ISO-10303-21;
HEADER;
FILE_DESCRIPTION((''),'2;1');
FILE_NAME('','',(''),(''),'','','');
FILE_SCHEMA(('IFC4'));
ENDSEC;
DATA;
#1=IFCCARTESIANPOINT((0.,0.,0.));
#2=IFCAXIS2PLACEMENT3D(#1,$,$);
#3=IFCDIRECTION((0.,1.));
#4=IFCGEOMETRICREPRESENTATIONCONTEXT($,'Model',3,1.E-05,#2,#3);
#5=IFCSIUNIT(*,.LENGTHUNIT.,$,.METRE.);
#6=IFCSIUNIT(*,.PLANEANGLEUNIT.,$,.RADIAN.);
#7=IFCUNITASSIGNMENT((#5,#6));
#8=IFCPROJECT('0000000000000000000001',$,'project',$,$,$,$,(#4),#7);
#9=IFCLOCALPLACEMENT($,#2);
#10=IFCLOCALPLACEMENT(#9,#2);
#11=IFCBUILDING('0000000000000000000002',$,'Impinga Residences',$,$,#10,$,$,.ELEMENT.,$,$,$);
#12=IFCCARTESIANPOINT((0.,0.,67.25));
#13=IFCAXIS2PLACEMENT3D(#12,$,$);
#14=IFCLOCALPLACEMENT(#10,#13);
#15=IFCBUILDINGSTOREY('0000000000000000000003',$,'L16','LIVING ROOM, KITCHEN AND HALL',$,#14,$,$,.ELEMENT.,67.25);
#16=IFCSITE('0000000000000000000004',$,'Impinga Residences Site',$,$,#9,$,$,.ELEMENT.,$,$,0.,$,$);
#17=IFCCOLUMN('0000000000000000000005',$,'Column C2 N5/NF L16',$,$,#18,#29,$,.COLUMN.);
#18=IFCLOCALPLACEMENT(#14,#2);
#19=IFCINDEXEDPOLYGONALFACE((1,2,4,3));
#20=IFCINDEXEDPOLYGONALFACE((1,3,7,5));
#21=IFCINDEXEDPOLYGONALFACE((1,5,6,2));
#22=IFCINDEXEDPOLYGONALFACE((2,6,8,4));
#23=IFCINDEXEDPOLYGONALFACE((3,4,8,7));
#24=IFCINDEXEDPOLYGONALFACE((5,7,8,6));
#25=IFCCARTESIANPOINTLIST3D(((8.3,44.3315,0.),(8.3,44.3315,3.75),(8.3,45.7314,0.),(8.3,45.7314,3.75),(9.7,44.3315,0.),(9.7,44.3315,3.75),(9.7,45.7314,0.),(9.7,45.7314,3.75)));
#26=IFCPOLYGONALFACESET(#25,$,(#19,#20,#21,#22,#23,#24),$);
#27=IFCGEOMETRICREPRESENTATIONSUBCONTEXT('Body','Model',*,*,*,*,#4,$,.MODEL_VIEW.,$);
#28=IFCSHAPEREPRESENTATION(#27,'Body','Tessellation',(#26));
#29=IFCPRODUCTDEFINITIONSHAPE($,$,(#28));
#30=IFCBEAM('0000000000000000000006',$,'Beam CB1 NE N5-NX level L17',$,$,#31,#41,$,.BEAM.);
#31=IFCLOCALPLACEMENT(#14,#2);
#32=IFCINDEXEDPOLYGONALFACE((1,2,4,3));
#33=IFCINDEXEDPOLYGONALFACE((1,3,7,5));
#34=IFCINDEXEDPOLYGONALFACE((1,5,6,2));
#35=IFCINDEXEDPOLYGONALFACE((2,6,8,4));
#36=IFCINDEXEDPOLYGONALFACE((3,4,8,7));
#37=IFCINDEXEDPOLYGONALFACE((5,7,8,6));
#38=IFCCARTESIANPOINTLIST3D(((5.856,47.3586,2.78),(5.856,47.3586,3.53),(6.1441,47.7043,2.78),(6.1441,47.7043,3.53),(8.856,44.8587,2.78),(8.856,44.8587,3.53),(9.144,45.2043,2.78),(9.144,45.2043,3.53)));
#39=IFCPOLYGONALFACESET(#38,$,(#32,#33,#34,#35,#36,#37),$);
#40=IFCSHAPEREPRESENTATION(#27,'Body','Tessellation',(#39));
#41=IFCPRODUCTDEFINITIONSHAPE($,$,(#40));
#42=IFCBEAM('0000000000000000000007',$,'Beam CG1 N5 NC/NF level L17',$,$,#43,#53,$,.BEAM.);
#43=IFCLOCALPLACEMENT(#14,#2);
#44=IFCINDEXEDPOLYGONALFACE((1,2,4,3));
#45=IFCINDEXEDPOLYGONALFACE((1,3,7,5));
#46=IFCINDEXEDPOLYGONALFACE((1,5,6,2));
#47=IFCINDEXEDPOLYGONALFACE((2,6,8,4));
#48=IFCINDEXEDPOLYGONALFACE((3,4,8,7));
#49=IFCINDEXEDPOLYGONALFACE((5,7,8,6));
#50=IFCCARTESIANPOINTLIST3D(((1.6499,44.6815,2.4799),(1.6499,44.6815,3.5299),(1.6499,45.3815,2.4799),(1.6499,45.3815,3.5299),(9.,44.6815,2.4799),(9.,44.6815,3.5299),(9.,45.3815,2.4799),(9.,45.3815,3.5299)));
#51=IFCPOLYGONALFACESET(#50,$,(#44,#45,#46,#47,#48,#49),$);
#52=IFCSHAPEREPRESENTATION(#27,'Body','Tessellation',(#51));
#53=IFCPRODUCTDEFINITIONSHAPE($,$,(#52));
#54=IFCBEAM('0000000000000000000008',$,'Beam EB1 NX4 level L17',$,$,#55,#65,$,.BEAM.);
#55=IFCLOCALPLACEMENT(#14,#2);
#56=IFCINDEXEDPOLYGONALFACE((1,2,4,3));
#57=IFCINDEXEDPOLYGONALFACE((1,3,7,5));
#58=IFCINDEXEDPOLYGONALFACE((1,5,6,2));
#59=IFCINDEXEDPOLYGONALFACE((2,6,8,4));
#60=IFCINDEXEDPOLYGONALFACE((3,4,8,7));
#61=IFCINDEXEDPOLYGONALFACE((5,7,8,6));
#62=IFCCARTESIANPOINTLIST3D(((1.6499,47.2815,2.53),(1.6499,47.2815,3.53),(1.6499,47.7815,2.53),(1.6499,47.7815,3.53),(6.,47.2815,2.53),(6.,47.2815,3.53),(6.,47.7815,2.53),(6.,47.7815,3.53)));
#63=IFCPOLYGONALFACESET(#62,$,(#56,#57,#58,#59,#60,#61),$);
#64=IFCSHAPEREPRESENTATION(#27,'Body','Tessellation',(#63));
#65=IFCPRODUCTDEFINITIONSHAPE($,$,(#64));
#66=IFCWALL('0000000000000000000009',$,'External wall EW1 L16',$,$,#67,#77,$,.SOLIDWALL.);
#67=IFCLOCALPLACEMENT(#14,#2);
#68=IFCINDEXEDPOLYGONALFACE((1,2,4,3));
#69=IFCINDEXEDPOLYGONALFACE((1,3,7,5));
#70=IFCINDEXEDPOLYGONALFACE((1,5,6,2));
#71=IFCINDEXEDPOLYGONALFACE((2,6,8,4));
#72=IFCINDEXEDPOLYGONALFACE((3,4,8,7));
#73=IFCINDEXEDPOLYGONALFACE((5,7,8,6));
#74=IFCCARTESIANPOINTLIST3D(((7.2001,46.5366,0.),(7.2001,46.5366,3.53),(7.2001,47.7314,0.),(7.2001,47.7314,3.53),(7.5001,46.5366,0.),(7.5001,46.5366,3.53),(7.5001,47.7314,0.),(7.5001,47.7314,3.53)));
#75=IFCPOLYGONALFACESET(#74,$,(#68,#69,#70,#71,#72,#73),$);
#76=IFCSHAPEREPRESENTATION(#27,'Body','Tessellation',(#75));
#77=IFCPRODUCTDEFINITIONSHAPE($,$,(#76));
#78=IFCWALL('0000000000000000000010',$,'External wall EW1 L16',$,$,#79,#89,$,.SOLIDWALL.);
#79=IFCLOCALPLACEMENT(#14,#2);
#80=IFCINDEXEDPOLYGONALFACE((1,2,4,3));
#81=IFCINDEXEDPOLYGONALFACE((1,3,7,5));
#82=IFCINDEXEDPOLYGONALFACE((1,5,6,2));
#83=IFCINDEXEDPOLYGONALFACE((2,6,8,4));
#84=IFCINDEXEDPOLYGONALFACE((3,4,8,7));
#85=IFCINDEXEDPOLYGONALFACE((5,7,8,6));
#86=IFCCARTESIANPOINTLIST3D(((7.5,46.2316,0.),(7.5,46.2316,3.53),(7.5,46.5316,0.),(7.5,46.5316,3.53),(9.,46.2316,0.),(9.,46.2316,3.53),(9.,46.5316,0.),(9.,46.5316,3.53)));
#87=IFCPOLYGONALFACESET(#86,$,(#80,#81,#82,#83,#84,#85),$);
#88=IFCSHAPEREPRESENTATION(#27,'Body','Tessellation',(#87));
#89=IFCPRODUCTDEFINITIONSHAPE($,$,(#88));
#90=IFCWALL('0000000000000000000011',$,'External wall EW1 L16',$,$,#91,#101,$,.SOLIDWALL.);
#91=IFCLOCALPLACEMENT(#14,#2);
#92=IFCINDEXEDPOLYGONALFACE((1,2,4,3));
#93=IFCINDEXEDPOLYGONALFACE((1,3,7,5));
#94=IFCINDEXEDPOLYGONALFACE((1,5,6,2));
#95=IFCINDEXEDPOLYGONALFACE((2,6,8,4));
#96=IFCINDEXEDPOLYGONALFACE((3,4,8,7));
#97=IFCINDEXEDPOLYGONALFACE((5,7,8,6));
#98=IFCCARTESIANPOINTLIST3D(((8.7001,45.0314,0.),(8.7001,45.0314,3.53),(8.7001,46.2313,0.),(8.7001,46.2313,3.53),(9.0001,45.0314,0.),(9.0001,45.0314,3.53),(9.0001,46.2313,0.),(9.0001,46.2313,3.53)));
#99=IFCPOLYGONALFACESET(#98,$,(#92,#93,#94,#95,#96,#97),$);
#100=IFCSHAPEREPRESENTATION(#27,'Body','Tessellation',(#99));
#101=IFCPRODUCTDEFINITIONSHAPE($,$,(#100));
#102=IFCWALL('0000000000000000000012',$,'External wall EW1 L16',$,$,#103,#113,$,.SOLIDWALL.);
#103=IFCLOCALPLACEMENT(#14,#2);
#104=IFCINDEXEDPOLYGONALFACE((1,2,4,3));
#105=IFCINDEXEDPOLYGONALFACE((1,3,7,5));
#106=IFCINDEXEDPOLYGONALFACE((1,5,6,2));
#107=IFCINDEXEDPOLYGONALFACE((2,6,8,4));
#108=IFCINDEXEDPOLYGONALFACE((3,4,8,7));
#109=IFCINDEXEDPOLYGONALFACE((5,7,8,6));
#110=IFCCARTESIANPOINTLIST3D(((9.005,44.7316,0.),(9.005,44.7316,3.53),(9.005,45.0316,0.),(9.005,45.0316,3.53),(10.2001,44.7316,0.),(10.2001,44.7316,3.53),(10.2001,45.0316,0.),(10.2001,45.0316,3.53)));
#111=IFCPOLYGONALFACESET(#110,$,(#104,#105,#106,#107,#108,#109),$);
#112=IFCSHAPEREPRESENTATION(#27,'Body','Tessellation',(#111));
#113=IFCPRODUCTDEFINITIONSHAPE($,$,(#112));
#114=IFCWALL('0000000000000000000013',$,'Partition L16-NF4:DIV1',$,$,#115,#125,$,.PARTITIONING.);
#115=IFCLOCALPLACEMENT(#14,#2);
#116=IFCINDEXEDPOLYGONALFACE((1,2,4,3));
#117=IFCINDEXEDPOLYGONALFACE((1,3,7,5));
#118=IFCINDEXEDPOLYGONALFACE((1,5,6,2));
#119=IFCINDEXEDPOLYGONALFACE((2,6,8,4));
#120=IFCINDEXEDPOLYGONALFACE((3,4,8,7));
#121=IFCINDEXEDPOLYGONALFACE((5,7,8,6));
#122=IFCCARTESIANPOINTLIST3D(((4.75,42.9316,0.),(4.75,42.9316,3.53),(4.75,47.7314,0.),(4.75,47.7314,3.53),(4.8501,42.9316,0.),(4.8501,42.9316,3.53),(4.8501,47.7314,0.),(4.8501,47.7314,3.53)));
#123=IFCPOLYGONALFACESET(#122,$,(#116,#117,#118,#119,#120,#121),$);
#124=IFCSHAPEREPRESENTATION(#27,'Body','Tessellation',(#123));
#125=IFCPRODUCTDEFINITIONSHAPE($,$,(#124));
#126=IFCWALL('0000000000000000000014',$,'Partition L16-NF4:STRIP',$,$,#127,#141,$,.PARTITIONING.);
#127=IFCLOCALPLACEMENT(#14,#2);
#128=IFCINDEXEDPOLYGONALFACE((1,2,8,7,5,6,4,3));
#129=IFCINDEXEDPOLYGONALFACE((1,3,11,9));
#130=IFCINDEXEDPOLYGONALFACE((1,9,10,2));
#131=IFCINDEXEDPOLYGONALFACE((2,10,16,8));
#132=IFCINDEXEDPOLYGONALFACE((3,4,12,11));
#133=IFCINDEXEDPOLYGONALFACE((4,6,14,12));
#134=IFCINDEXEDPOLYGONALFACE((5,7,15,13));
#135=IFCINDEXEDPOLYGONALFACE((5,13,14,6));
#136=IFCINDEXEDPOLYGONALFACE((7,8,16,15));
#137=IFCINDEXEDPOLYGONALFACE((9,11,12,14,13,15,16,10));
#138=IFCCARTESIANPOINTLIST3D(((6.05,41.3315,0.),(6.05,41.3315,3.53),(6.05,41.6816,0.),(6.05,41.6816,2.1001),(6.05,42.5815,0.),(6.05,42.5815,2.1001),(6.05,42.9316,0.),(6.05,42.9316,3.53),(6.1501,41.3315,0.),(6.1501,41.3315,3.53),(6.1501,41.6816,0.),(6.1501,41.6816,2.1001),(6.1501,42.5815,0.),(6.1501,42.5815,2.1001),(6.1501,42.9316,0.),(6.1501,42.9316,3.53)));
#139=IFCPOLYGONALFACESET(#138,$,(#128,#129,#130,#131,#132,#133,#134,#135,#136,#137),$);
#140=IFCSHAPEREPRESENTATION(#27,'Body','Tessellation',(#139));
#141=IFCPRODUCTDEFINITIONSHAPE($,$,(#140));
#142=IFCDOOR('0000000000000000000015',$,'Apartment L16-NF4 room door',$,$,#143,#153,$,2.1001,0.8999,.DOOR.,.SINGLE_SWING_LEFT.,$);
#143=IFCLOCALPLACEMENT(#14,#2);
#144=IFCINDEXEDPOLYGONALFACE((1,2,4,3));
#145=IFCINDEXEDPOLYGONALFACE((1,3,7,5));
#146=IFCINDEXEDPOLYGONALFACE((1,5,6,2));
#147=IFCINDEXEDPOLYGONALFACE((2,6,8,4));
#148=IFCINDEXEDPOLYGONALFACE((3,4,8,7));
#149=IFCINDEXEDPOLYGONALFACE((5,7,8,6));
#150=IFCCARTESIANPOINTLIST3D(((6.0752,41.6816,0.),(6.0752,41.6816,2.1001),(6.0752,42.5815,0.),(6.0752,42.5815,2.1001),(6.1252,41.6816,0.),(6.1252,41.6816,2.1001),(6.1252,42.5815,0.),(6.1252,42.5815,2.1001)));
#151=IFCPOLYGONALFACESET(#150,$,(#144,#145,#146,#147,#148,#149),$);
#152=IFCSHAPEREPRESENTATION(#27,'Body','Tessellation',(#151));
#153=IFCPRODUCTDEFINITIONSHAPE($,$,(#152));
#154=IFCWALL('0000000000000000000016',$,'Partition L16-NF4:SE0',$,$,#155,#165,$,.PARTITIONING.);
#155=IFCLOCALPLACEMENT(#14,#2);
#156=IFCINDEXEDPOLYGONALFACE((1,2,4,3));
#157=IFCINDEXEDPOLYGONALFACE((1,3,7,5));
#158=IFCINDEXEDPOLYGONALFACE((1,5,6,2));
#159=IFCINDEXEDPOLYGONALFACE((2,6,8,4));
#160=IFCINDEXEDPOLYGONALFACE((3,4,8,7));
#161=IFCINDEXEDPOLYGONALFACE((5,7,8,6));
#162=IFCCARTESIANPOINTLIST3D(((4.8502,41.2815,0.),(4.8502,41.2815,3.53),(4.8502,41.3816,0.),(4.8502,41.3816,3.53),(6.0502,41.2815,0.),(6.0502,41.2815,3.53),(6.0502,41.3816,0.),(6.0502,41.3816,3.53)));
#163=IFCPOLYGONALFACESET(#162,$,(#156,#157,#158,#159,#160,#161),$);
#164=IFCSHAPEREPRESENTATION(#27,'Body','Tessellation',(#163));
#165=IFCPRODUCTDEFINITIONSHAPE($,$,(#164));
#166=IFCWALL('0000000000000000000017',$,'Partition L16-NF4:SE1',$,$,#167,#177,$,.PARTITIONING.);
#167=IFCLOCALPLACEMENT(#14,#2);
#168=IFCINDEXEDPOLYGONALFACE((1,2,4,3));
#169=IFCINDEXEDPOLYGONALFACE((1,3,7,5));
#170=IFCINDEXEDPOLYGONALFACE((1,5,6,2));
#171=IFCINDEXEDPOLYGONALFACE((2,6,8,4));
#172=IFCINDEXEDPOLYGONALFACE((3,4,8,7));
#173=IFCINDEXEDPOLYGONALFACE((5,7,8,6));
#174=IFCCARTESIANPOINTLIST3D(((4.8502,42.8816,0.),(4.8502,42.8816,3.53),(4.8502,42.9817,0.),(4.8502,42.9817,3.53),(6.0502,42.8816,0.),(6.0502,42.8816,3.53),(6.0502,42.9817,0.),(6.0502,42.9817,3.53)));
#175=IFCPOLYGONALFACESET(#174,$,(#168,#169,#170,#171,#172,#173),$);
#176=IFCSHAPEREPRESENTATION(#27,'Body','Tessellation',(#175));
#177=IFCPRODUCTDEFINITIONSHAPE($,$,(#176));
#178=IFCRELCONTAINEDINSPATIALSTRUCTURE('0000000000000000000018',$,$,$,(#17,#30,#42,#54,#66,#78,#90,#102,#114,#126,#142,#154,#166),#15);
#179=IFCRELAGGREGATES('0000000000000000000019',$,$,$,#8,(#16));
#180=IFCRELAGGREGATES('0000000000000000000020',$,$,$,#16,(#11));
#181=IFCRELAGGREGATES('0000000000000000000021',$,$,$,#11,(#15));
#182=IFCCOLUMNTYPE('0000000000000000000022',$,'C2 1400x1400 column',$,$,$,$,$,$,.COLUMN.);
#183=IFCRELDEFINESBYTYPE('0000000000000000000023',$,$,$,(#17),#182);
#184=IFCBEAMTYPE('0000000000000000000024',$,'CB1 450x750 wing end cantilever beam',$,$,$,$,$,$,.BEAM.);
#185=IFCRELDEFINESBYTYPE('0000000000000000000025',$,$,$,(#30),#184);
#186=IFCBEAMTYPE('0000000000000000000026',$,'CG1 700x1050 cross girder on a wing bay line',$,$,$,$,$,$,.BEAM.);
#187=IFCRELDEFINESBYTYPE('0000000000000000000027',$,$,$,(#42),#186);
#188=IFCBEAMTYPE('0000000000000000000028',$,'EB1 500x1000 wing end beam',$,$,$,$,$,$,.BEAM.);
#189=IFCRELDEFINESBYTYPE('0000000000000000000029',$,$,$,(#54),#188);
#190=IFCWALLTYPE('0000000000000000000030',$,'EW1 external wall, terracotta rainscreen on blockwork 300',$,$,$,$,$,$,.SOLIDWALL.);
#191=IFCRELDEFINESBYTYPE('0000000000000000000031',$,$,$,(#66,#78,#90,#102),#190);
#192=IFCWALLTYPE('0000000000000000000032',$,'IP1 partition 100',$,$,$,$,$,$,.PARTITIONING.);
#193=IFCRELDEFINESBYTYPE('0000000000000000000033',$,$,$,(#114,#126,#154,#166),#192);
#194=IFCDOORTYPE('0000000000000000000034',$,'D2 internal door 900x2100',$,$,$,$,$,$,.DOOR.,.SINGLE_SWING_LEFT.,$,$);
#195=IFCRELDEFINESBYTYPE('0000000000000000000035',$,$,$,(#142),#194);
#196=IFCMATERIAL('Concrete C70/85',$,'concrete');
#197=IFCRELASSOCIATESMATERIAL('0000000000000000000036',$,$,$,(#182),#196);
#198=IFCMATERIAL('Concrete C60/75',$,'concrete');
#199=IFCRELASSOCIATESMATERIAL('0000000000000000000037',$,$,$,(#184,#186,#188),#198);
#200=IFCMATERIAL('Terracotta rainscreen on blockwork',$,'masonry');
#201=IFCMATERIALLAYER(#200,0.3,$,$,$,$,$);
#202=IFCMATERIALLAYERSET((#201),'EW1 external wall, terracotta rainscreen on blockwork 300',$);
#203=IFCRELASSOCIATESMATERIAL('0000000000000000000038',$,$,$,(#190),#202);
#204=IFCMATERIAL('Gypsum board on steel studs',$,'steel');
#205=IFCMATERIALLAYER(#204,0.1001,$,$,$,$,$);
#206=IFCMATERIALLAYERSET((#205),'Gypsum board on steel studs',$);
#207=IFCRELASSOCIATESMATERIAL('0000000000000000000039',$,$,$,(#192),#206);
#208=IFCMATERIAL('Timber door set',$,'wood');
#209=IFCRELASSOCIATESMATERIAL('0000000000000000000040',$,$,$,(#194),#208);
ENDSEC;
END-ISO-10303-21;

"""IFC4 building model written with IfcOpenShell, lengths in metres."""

from ifc_helpers import new_model, si_unit, direction, frame, frame_2d, origin, origin_2d, place, context, subcontext, project, spatial, rectangle, extrude, material, layer, layer_set, material_profile, profile_set, type_object, element, fill, save


model = new_model("IFC4")

# Units and contexts
model_context = context("Model", 3, precision=1e-05, world=origin(), true_north=direction((0.0, 1.0)))
body_context = subcontext(model_context, "Body", "Model", "MODEL_VIEW")
ifc_project = project(units=[si_unit("LENGTHUNIT", "METRE"), si_unit("PLANEANGLEUNIT", "RADIAN")], contexts=[model_context])

# Site, building, storey
site_placement = place(None, origin())
site = spatial("IfcSite", under=ifc_project, at=site_placement, Name="Impinga Residences Site", CompositionType="ELEMENT", RefElevation=0.0)
building_placement = place(site_placement, origin())
building = spatial("IfcBuilding", under=site, at=building_placement, Name="Impinga Residences", CompositionType="ELEMENT")
storey_placement = place(building_placement, frame((0.0, 0.0, 67.25)))
storey = spatial("IfcBuildingStorey", under=building, at=storey_placement, Name="L16", Description="LIVING ROOM, KITCHEN AND HALL", CompositionType="ELEMENT", Elevation=67.25)

# Column
ifc_material_1 = material(Name="Concrete C70/85", Category="concrete")
ifc_material_profile_1 = material_profile(ifc_material_1, rectangle(XDim=1.3999, YDim=1.3999, at=origin_2d()), Name="RC 1400x1400")
ifc_profile_set_1 = profile_set([ifc_material_profile_1], Name="Concrete C70/85")
column_type = type_object("IfcColumnType", Name="C2 1400x1400 column", PredefinedType="COLUMN", material=ifc_profile_set_1)
column_placement = place(storey_placement, frame((9.0, 45.0315, 0.0), z_axis=(0.0, 0.0, 1.0), x_axis=(1.0, 0.0, 0.0)))
element("IfcColumn", 1, at=column_placement, inside=storey, type_object=column_type, Name="Column C2 N5/NF L16", PredefinedType="COLUMN", context=body_context, shape_type="SweptSolid", body=[
    extrude(rectangle(XDim=1.3999, YDim=1.3999, at=origin_2d()), origin(), (0.0, 0.0, 1.0), 3.75),
])

# Beams
ifc_material_2 = material(Name="Concrete C60/75", Category="concrete")
ifc_material_profile_2 = material_profile(ifc_material_2, rectangle(XDim=0.45, YDim=0.75, at=origin_2d()), Name="RC 450x750")
ifc_profile_set_2 = profile_set([ifc_material_profile_2], Name="Concrete C60/75")
beam_type_1 = type_object("IfcBeamType", Name="CB1 450x750 wing end cantilever beam", PredefinedType="BEAM", material=ifc_profile_set_2)
beam_1_placement = place(storey_placement, frame((9.0, 45.0315, 3.155), z_axis=(-0.768221, 0.640184, 0.0), x_axis=(-0.640184, -0.768221, 0.0)))
element("IfcBeam", 2, at=beam_1_placement, inside=storey, type_object=beam_type_1, Name="Beam CB1 NE N5-NX level L17", PredefinedType="BEAM", context=body_context, shape_type="SweptSolid", body=[
    extrude(rectangle(XDim=0.45, YDim=0.75, at=origin_2d()), origin(), (0.0, 0.0, 1.0), 3.905),
])
ifc_material_profile_3 = material_profile(ifc_material_2, rectangle(XDim=0.7, YDim=1.05, at=origin_2d()), Name="RC 700x1050")
ifc_profile_set_3 = profile_set([ifc_material_profile_3], Name="Concrete C60/75")
beam_type_2 = type_object("IfcBeamType", Name="CG1 700x1050 cross girder on a wing bay line", PredefinedType="BEAM", material=ifc_profile_set_3)
beam_2_placement = place(storey_placement, frame((1.6499, 45.0315, 3.0049), z_axis=(1.0, 0.0, 0.0), x_axis=(0.0, 1.0, 0.0)))
element("IfcBeam", 3, at=beam_2_placement, inside=storey, type_object=beam_type_2, Name="Beam CG1 N5 NC/NF level L17", PredefinedType="BEAM", context=body_context, shape_type="SweptSolid", body=[
    extrude(rectangle(XDim=0.7, YDim=1.05, at=origin_2d()), origin(), (0.0, 0.0, 1.0), 7.3501),
])
ifc_material_profile_4 = material_profile(ifc_material_2, rectangle(XDim=0.5, YDim=1.0, at=origin_2d()), Name="RC 500x1000")
ifc_profile_set_4 = profile_set([ifc_material_profile_4], Name="Concrete C60/75")
beam_type_3 = type_object("IfcBeamType", Name="EB1 500x1000 wing end beam", PredefinedType="BEAM", material=ifc_profile_set_4)
beam_3_placement = place(storey_placement, frame((1.6499, 47.5315, 3.03), z_axis=(1.0, 0.0, 0.0), x_axis=(0.0, 1.0, 0.0)))
element("IfcBeam", 4, at=beam_3_placement, inside=storey, type_object=beam_type_3, Name="Beam EB1 NX4 level L17", PredefinedType="BEAM", context=body_context, shape_type="SweptSolid", body=[
    extrude(rectangle(XDim=0.5, YDim=1.0, at=origin_2d()), origin(), (0.0, 0.0, 1.0), 4.3501),
])

# Walls
ifc_material_3 = material(Name="Terracotta rainscreen on blockwork", Category="masonry")
ifc_layer_1 = layer(ifc_material_3, 0.3)
ifc_layer_set_1 = layer_set([ifc_layer_1], Name="EW1 external wall, terracotta rainscreen on blockwork 300")
wall_type_1 = type_object("IfcWallType", Name="EW1 external wall, terracotta rainscreen on blockwork 300", PredefinedType="SOLIDWALL", material=ifc_layer_set_1)
wall_1_placement = place(storey_placement, frame((7.3501, 47.7314, 0.0), z_axis=(0.0, 0.0, 1.0), x_axis=(0.0, -1.0, 0.0)))
element("IfcWall", 5, at=wall_1_placement, inside=storey, type_object=wall_type_1, Name="External wall EW1 L16", PredefinedType="SOLIDWALL", context=body_context, shape_type="SweptSolid", body=[
    extrude(rectangle(XDim=1.1948, YDim=0.3, at=frame_2d((0.5974, 0.0))), origin(), (0.0, 0.0, 1.0), 3.53),
])
wall_2_placement = place(storey_placement, frame((7.5, 46.3816, 0.0), z_axis=(0.0, 0.0, 1.0), x_axis=(1.0, 0.0, 0.0)))
element("IfcWall", 6, at=wall_2_placement, inside=storey, type_object=wall_type_1, Name="External wall EW1 L16", PredefinedType="SOLIDWALL", context=body_context, shape_type="SweptSolid", body=[
    extrude(rectangle(XDim=1.5, YDim=0.3, at=frame_2d((0.75, 0.0))), origin(), (0.0, 0.0, 1.0), 3.53),
])
wall_3_placement = place(storey_placement, frame((8.8501, 46.2314, 0.0), z_axis=(0.0, 0.0, 1.0), x_axis=(0.0, -1.0, 0.0)))
element("IfcWall", 7, at=wall_3_placement, inside=storey, type_object=wall_type_1, Name="External wall EW1 L16", PredefinedType="SOLIDWALL", context=body_context, shape_type="SweptSolid", body=[
    extrude(rectangle(XDim=1.2, YDim=0.3, at=frame_2d((0.6001, 0.0))), origin(), (0.0, 0.0, 1.0), 3.53),
])
wall_4_placement = place(storey_placement, frame((9.0049, 44.8816, 0.0), z_axis=(0.0, 0.0, 1.0), x_axis=(1.0, 0.0, 0.0)))
element("IfcWall", 8, at=wall_4_placement, inside=storey, type_object=wall_type_1, Name="External wall EW1 L16", PredefinedType="SOLIDWALL", context=body_context, shape_type="SweptSolid", body=[
    extrude(rectangle(XDim=1.1951, YDim=0.3, at=frame_2d((0.5977, 0.0))), origin(), (0.0, 0.0, 1.0), 3.53),
])

# Wall
ifc_material_4 = material(Name="Gypsum board on steel studs", Category="steel")
ifc_layer_2 = layer(ifc_material_4, 0.1001)
ifc_layer_set_2 = layer_set([ifc_layer_2], Name="Gypsum board on steel studs")
wall_type_2 = type_object("IfcWallType", Name="IP1 partition 100", PredefinedType="PARTITIONING", material=ifc_layer_set_2)
wall_5_placement = place(storey_placement, frame((4.8, 42.9316, 0.0), z_axis=(0.0, 0.0, 1.0), x_axis=(0.0, 1.0, 0.0)))
element("IfcWall", 9, at=wall_5_placement, inside=storey, type_object=wall_type_2, Name="Partition L16-NF4:DIV1", PredefinedType="PARTITIONING", context=body_context, shape_type="SweptSolid", body=[
    extrude(rectangle(XDim=4.7998, YDim=0.1001, at=frame_2d((2.3999, 0.0))), origin(), (0.0, 0.0, 1.0), 3.53),
])

# Wall, opening, door
wall_6_placement = place(storey_placement, frame((6.1001, 41.3315, 0.0), z_axis=(0.0, 0.0, 1.0), x_axis=(0.0, 1.0, 0.0)))
wall_6 = element("IfcWall", 10, at=wall_6_placement, inside=storey, type_object=wall_type_2, Name="Partition L16-NF4:STRIP", PredefinedType="PARTITIONING", context=body_context, shape_type="SweptSolid", body=[
    extrude(rectangle(XDim=1.6001, YDim=0.1001, at=frame_2d((0.8, 0.0))), origin(), (0.0, 0.0, 1.0), 3.53),
])
opening_1_placement = place(wall_6_placement, frame((0.3501, 0.0, 0.0)))
opening_1 = element("IfcOpeningElement", 11, at=opening_1_placement, cuts=wall_6, PredefinedType="OPENING", context=body_context, shape_type="SweptSolid", body=[
    extrude(rectangle(XDim=0.8999, YDim=2.1001, at=frame_2d((0.45, 1.05))), frame((0.0, 0.0601, 0.0), z_axis=(0.0, -1.0, 0.0), x_axis=(1.0, 0.0, 0.0)), (0.0, 0.0, 1.0), 0.1201),
])
ifc_material_5 = material(Name="Timber door set", Category="wood")
door_type = type_object("IfcDoorType", Name="D2 internal door 900x2100", OperationType="SINGLE_SWING_LEFT", PredefinedType="DOOR", material=ifc_material_5)
door_1_placement = place(opening_1_placement, origin())
door_1 = element("IfcDoor", 12, at=door_1_placement, inside=storey, type_object=door_type, Name="Apartment L16-NF4 room door", OperationType="SINGLE_SWING_LEFT", OverallHeight=2.1001, OverallWidth=0.8999, PredefinedType="DOOR", context=body_context, shape_type="SweptSolid", body=[
    extrude(rectangle(XDim=0.8999, YDim=2.1001, at=frame_2d((0.45, 1.05))), frame((0.0, 0.0249, 0.0), z_axis=(0.0, -1.0, 0.0), x_axis=(1.0, 0.0, 0.0)), (0.0, 0.0, 1.0), 0.05),
])
fill(opening_1, door_1)

# Walls
for number, where, z_axis, x_axis, name in (
    (13, (4.8501, 41.3315, 0.0), (0.0, 0.0, 1.0), (1.0, 0.0, 0.0), "Partition L16-NF4:SE0"),
    (14, (4.8501, 42.9316, 0.0), (0.0, 0.0, 1.0), (1.0, 0.0, 0.0), "Partition L16-NF4:SE1"),
):
    element("IfcWall", number, at=place(storey_placement, frame(where, z_axis=z_axis, x_axis=x_axis)), inside=storey, type_object=wall_type_2, Name=name, PredefinedType="PARTITIONING", context=body_context, shape_type="SweptSolid", body=[
        extrude(rectangle(XDim=1.2, YDim=0.1001, at=frame_2d((0.6001, 0.0))), origin(), (0.0, 0.0, 1.0), 3.53),
    ])

save(model, "model.ifc")
